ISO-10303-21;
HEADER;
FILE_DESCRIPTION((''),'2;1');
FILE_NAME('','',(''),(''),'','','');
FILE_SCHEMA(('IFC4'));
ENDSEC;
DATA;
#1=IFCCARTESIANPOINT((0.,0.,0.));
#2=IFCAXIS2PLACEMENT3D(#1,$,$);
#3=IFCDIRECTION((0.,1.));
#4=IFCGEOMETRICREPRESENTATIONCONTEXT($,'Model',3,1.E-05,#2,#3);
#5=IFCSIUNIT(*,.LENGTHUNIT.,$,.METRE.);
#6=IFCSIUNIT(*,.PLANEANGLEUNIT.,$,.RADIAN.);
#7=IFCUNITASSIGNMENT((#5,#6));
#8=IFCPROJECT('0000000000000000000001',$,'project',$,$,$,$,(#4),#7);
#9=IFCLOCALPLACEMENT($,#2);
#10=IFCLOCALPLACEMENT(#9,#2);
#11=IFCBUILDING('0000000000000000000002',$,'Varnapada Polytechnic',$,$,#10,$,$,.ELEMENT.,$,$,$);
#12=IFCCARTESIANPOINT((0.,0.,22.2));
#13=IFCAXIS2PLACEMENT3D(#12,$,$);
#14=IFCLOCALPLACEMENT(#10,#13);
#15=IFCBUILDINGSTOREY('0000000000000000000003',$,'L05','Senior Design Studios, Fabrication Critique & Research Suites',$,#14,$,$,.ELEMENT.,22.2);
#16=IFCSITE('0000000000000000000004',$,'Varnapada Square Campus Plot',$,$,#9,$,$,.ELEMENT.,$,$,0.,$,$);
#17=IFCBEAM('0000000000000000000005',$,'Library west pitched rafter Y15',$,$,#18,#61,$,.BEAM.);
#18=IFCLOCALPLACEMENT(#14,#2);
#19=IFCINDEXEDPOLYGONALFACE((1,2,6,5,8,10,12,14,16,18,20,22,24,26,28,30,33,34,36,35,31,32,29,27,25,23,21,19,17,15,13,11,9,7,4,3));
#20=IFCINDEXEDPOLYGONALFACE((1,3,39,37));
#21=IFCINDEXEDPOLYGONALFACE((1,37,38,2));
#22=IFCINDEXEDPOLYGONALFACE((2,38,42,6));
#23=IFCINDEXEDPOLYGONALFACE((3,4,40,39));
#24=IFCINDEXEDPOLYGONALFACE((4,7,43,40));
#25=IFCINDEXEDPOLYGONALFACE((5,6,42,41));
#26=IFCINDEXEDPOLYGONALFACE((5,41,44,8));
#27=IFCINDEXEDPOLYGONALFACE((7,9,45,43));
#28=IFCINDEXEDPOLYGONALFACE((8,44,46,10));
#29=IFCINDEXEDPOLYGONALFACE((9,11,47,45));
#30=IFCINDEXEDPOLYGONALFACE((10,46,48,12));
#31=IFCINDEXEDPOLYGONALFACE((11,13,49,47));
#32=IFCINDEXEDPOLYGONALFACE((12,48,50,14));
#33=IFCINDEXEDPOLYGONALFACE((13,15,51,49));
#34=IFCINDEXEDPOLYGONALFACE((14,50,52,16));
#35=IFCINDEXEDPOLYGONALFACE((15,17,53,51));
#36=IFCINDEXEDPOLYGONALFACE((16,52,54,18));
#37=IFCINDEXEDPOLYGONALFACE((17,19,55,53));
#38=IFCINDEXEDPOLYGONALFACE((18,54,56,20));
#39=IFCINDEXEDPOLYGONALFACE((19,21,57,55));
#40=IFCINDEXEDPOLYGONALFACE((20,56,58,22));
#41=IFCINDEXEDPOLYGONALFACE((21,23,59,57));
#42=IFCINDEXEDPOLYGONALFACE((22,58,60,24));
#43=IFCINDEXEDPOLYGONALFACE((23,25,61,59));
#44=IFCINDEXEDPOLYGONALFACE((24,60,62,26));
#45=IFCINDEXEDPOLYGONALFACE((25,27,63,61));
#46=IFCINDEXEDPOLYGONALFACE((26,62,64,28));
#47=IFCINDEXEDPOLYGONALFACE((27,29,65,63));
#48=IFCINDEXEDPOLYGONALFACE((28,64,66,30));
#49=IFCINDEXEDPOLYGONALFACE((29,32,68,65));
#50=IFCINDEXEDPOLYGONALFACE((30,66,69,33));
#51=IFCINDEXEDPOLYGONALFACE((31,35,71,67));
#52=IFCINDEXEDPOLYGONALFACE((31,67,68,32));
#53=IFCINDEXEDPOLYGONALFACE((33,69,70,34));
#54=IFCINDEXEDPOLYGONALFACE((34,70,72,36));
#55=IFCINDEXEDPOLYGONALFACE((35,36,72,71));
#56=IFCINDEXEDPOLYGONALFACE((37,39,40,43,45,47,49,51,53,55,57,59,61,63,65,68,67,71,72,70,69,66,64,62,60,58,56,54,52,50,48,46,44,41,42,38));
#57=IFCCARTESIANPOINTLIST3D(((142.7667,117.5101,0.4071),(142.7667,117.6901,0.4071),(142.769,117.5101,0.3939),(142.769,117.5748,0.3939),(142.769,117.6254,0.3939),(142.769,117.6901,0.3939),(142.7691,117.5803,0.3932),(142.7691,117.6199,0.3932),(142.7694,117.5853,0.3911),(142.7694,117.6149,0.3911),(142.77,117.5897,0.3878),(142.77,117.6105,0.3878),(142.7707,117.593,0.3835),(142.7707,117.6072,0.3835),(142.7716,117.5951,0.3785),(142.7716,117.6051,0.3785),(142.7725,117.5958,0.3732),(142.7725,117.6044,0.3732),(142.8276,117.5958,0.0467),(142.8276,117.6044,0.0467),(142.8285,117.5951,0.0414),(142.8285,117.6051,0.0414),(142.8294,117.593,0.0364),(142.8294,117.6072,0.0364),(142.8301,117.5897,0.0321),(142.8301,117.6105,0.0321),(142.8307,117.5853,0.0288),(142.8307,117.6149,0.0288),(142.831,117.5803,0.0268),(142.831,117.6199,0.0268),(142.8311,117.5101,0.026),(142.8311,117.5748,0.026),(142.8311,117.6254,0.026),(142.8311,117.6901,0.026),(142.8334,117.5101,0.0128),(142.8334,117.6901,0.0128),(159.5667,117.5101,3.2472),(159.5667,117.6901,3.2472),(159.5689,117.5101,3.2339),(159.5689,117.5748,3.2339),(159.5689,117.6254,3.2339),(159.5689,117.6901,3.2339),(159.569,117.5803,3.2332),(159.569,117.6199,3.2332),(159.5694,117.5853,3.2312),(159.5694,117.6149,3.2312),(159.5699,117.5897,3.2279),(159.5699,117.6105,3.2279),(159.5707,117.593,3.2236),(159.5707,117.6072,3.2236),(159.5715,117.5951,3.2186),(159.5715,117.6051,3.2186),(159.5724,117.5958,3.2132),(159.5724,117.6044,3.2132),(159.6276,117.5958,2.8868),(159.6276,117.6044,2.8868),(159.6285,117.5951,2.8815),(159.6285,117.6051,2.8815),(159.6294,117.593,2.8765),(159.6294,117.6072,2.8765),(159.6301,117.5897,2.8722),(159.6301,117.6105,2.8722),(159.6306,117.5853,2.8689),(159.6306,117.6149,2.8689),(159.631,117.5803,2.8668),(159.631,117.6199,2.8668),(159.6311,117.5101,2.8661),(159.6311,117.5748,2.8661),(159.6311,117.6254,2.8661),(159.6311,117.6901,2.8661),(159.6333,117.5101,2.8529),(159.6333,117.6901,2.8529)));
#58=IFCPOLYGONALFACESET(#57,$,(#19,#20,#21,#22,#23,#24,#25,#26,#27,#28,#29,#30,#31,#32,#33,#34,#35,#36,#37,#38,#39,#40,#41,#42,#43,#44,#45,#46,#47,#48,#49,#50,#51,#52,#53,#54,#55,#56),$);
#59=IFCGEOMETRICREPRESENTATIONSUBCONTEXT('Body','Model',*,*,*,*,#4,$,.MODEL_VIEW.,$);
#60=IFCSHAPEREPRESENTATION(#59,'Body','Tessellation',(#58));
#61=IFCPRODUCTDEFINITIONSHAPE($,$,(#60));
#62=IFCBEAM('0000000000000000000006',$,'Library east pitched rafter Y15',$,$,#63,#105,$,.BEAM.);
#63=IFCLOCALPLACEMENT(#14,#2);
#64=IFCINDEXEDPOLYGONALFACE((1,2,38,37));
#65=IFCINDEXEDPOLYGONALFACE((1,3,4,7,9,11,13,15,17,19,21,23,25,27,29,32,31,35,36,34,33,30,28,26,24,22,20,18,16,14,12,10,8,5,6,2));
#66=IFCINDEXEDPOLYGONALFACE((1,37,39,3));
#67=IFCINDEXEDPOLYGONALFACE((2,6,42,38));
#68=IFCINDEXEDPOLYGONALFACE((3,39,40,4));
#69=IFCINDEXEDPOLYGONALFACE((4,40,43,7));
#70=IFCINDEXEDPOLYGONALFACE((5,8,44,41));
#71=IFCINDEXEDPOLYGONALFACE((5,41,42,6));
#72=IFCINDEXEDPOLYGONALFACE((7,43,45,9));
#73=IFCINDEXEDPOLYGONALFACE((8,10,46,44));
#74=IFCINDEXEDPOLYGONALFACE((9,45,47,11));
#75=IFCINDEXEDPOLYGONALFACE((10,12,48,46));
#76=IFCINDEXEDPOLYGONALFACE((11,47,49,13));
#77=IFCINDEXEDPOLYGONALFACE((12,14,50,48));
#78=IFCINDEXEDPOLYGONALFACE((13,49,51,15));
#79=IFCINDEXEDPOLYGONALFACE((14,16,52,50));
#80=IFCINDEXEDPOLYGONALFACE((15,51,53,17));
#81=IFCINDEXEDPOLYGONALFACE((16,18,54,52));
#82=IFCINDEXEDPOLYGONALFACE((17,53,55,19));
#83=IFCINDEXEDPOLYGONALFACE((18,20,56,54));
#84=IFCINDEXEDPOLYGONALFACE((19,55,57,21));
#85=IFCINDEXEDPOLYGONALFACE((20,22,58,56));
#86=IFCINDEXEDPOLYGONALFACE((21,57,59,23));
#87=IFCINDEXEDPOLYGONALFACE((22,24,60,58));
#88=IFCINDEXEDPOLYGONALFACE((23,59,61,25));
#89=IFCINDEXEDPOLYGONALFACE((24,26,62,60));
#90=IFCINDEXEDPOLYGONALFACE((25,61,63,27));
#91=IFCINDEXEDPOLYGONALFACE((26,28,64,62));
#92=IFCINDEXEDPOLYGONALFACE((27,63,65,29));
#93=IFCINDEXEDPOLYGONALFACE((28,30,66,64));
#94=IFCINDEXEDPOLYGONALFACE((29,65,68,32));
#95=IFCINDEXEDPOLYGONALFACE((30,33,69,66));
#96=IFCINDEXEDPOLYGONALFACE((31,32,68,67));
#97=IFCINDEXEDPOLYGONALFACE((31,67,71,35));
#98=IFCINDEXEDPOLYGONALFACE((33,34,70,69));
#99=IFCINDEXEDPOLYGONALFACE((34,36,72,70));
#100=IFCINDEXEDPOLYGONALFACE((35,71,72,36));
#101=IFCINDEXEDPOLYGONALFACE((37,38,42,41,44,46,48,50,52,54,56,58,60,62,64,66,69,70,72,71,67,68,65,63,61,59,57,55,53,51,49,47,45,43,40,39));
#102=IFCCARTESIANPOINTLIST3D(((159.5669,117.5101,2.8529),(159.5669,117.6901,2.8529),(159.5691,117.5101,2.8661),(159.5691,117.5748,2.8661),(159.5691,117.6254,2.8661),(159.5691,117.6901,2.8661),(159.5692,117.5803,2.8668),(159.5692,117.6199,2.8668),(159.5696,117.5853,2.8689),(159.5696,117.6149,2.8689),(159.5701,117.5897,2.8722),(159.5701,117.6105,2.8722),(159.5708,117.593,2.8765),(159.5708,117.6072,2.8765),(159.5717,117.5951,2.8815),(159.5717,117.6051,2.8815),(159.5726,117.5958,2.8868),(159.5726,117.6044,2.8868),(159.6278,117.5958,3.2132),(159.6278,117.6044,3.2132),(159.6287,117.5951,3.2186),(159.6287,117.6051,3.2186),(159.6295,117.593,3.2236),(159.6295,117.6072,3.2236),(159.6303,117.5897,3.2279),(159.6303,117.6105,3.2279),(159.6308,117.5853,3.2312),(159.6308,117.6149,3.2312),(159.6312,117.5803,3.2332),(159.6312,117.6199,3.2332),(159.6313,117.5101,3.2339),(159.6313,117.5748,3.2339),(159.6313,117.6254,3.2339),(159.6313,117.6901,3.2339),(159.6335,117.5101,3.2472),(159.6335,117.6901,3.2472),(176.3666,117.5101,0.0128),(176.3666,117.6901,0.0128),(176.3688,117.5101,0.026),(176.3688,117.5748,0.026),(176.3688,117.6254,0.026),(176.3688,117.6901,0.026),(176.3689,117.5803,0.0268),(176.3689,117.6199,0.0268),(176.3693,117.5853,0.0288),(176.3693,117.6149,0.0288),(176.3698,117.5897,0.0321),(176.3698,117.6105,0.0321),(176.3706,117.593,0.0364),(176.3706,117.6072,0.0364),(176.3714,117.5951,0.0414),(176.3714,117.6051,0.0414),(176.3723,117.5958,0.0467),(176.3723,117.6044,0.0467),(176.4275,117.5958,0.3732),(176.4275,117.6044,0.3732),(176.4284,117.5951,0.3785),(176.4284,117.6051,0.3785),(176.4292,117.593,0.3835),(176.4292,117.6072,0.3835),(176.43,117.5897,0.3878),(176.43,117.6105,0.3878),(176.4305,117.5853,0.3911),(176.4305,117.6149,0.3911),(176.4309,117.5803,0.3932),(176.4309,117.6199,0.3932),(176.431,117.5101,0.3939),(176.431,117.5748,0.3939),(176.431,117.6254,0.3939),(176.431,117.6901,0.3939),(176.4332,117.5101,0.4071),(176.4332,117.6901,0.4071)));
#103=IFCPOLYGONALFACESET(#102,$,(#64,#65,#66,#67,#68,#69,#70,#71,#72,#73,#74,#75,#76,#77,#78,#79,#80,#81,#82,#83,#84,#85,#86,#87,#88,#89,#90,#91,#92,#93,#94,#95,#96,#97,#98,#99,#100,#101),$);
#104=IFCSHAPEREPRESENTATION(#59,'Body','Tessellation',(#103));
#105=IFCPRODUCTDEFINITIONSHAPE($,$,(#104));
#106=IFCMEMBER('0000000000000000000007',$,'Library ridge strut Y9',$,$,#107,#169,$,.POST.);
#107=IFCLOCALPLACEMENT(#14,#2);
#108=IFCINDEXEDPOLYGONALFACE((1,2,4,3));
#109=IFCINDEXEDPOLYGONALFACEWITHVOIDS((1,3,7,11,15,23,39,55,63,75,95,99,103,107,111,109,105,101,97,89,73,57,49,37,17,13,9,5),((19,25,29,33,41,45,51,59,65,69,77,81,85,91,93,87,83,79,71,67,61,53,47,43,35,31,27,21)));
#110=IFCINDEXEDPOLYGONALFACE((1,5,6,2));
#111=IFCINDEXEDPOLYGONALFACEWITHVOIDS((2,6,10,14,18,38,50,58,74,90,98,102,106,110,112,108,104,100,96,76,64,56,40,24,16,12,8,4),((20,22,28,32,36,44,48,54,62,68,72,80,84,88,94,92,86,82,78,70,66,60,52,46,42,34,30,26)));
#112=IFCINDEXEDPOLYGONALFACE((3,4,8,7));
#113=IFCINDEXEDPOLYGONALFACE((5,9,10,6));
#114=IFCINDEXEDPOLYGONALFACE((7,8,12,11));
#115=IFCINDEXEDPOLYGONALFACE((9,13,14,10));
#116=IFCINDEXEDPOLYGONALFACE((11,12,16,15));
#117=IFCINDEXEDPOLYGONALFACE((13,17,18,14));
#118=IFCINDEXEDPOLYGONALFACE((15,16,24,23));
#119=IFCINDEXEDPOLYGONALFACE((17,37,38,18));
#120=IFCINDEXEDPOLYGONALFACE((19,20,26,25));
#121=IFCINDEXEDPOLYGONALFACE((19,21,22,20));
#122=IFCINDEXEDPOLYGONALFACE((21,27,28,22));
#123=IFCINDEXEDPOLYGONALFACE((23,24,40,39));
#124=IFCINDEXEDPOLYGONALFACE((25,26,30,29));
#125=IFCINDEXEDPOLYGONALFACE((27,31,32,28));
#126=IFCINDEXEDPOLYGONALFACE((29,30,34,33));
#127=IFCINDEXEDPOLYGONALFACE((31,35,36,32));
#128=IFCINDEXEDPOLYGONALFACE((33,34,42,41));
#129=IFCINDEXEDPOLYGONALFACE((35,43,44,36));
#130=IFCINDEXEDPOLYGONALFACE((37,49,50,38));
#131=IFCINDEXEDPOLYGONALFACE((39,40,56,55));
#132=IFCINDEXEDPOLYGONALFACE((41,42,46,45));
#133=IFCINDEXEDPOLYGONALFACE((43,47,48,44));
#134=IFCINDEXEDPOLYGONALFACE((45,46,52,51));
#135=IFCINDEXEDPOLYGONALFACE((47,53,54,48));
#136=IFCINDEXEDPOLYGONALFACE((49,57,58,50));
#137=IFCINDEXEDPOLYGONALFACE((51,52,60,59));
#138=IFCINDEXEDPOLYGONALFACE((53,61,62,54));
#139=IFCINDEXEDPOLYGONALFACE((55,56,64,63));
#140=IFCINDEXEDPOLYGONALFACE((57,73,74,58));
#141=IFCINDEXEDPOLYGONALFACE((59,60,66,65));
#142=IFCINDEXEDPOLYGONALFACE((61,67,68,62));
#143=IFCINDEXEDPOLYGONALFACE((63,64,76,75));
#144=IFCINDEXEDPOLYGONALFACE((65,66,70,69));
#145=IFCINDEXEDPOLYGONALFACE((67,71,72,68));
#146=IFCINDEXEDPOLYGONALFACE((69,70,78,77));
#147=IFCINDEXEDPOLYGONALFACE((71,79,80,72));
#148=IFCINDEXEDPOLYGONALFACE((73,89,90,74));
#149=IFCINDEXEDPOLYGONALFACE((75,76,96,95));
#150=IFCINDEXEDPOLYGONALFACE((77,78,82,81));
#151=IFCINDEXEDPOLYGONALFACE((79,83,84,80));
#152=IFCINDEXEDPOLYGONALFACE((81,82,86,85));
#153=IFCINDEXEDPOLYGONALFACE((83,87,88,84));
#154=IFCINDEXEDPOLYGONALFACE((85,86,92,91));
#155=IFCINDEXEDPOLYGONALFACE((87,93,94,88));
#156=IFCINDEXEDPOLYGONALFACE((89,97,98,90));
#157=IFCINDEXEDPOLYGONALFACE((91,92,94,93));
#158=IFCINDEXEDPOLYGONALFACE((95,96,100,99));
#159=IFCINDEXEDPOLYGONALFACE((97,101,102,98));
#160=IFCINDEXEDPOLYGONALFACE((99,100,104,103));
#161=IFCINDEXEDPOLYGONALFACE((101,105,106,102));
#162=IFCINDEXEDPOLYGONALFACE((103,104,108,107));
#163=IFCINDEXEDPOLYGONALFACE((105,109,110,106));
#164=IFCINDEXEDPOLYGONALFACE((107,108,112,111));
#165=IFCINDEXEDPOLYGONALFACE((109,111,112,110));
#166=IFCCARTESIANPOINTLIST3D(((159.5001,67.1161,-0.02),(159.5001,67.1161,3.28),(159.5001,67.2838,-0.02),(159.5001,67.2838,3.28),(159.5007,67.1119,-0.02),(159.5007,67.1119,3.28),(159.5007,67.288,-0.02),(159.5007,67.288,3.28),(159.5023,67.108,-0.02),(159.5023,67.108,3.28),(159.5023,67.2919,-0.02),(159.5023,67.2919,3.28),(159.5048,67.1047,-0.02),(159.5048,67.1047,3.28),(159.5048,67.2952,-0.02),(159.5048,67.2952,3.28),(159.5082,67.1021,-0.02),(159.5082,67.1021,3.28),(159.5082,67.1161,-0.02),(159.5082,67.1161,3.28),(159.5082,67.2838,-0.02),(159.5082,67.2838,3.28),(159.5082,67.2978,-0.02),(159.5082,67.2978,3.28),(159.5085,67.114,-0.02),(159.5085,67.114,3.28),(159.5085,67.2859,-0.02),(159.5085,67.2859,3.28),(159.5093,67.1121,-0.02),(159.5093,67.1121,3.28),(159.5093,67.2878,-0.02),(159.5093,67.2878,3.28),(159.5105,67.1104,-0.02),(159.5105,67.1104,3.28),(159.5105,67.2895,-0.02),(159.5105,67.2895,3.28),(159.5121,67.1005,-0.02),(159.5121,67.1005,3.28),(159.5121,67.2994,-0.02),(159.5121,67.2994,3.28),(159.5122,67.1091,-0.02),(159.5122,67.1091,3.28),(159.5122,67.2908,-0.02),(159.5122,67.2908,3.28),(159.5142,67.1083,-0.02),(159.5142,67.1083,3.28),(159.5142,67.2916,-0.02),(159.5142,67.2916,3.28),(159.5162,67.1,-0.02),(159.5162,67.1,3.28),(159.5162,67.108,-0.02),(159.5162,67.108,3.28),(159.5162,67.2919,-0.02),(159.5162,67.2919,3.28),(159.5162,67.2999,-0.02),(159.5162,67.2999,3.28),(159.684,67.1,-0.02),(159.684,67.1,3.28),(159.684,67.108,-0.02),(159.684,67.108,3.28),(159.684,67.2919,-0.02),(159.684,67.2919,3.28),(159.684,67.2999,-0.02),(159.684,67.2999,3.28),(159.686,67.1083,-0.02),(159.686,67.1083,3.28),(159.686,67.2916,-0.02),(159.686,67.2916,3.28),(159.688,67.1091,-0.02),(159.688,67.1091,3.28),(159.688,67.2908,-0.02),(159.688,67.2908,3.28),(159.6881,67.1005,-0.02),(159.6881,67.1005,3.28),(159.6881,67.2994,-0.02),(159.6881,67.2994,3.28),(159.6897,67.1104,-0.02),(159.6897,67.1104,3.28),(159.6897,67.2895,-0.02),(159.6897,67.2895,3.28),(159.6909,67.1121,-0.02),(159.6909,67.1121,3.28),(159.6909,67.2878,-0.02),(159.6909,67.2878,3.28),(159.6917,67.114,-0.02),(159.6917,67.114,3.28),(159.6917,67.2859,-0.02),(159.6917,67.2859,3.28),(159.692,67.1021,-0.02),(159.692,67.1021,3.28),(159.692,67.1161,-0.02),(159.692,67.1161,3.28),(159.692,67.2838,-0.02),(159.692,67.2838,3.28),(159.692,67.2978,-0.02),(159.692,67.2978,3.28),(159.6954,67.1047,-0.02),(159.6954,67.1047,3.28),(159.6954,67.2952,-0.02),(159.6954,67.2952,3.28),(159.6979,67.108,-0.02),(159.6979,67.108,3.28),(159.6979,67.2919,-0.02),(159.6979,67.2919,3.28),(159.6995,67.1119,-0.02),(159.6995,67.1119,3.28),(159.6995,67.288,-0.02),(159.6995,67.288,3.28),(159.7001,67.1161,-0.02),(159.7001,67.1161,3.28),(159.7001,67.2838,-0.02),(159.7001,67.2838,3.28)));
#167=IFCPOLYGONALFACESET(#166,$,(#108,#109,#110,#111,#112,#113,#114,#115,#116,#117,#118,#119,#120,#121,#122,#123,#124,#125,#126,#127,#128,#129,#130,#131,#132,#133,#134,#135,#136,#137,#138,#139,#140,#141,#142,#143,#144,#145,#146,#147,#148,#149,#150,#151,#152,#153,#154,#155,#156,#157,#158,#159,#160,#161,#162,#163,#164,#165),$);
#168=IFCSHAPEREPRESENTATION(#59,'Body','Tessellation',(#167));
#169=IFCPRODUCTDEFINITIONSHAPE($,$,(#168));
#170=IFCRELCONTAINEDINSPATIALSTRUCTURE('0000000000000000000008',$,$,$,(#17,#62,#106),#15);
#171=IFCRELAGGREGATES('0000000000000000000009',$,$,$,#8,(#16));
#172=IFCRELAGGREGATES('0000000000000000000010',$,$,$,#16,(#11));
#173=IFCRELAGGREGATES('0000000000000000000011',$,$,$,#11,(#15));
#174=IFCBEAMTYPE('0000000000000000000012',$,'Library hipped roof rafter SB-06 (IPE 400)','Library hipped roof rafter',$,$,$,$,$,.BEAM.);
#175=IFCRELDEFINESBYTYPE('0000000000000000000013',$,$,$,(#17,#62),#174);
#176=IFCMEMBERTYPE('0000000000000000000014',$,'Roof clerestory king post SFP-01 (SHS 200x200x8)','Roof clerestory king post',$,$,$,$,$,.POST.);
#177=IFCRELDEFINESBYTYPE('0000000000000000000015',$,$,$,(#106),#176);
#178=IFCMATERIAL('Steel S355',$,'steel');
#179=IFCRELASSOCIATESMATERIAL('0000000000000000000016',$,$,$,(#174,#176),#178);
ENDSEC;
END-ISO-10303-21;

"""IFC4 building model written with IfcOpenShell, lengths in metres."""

from ifc_helpers import new_model, si_unit, direction, frame, origin, origin_2d, place, context, subcontext, project, spatial, hollow_rectangle, i_section, extrude, material, material_profile, profile_set, type_object, element, save


model = new_model("IFC4")

# Units and contexts
model_context = context("Model", 3, precision=1e-05, world=origin(), true_north=direction((0.0, 1.0)))
body_context = subcontext(model_context, "Body", "Model", "MODEL_VIEW")
ifc_project = project(units=[si_unit("LENGTHUNIT", "METRE"), si_unit("PLANEANGLEUNIT", "RADIAN")], contexts=[model_context])

# Site, building, storey
site_placement = place(None, origin())
site = spatial("IfcSite", under=ifc_project, at=site_placement, Name="Varnapada Square Campus Plot", CompositionType="ELEMENT", RefElevation=0.0)
building_placement = place(site_placement, origin())
building = spatial("IfcBuilding", under=site, at=building_placement, Name="Varnapada Polytechnic", CompositionType="ELEMENT")
storey_placement = place(building_placement, frame((0.0, 0.0, 22.2)))
storey = spatial("IfcBuildingStorey", under=building, at=storey_placement, Name="L05", Description="Senior Design Studios, Fabrication Critique & Research Suites", CompositionType="ELEMENT", Elevation=22.2)

# Beams
ifc_material_1 = material(Name="Steel S355", Category="steel")
ifc_material_profile_1 = material_profile(ifc_material_1, i_section(OverallWidth=0.1799, OverallDepth=0.3999, WebThickness=0.0085, FlangeThickness=0.0134, FilletRadius=0.021, at=origin_2d()), Name="IPE 400")
ifc_profile_set_1 = profile_set([ifc_material_profile_1], Name="Steel S355")
beam_type = type_object("IfcBeamType", Name="Library hipped roof rafter SB-06 (IPE 400)", Description="Library hipped roof rafter", PredefinedType="BEAM", material=ifc_profile_set_1)
beam_1_placement = place(storey_placement, frame((142.8, 117.6001, 0.21), z_axis=(0.98601, 0.0, 0.166687), x_axis=(0.0, 1.0, 0.0)))
element("IfcBeam", 1, at=beam_1_placement, inside=storey, type_object=beam_type, Name="Library west pitched rafter Y15", PredefinedType="BEAM", context=body_context, shape_type="SweptSolid", body=[
    extrude(i_section(OverallWidth=0.1799, OverallDepth=0.3999, WebThickness=0.0085, FlangeThickness=0.0134, FilletRadius=0.021, at=origin_2d()), origin(), (0.0, 0.0, 1.0), 17.0383),
])
beam_2_placement = place(storey_placement, frame((176.3999, 117.6001, 0.21), z_axis=(-0.986009, 0.0, 0.16669), x_axis=(0.0, -1.0, 0.0)))
element("IfcBeam", 2, at=beam_2_placement, inside=storey, type_object=beam_type, Name="Library east pitched rafter Y15", PredefinedType="BEAM", context=body_context, shape_type="SweptSolid", body=[
    extrude(i_section(OverallWidth=0.1799, OverallDepth=0.3999, WebThickness=0.0085, FlangeThickness=0.0134, FilletRadius=0.021, at=origin_2d()), origin(), (0.0, 0.0, 1.0), 17.0381),
])

# Member
ifc_material_profile_2 = material_profile(ifc_material_1, hollow_rectangle(XDim=0.2, YDim=0.2, WallThickness=0.0081, InnerFilletRadius=0.0081, OuterFilletRadius=0.0161, at=origin_2d()), Name="SHS 200x200x8")
ifc_profile_set_2 = profile_set([ifc_material_profile_2], Name="Steel S355")
member_type = type_object("IfcMemberType", Name="Roof clerestory king post SFP-01 (SHS 200x200x8)", Description="Roof clerestory king post", PredefinedType="POST", material=ifc_profile_set_2)
for number, where, z_axis, x_axis, name in (
    (3, (159.6001, 67.2, -0.02), (0.0, 0.0, 1.0), (1.0, 0.0, 0.0), "Library ridge strut Y9"),
):
    element("IfcMember", number, at=place(storey_placement, frame(where, z_axis=z_axis, x_axis=x_axis)), inside=storey, type_object=member_type, Name=name, PredefinedType="POST", context=body_context, shape_type="SweptSolid", body=[
        extrude(hollow_rectangle(XDim=0.2, YDim=0.2, WallThickness=0.0081, InnerFilletRadius=0.0081, OuterFilletRadius=0.0161, at=origin_2d()), origin(), (0.0, 0.0, 1.0), 3.3),
    ])

save(model, "model.ifc")
